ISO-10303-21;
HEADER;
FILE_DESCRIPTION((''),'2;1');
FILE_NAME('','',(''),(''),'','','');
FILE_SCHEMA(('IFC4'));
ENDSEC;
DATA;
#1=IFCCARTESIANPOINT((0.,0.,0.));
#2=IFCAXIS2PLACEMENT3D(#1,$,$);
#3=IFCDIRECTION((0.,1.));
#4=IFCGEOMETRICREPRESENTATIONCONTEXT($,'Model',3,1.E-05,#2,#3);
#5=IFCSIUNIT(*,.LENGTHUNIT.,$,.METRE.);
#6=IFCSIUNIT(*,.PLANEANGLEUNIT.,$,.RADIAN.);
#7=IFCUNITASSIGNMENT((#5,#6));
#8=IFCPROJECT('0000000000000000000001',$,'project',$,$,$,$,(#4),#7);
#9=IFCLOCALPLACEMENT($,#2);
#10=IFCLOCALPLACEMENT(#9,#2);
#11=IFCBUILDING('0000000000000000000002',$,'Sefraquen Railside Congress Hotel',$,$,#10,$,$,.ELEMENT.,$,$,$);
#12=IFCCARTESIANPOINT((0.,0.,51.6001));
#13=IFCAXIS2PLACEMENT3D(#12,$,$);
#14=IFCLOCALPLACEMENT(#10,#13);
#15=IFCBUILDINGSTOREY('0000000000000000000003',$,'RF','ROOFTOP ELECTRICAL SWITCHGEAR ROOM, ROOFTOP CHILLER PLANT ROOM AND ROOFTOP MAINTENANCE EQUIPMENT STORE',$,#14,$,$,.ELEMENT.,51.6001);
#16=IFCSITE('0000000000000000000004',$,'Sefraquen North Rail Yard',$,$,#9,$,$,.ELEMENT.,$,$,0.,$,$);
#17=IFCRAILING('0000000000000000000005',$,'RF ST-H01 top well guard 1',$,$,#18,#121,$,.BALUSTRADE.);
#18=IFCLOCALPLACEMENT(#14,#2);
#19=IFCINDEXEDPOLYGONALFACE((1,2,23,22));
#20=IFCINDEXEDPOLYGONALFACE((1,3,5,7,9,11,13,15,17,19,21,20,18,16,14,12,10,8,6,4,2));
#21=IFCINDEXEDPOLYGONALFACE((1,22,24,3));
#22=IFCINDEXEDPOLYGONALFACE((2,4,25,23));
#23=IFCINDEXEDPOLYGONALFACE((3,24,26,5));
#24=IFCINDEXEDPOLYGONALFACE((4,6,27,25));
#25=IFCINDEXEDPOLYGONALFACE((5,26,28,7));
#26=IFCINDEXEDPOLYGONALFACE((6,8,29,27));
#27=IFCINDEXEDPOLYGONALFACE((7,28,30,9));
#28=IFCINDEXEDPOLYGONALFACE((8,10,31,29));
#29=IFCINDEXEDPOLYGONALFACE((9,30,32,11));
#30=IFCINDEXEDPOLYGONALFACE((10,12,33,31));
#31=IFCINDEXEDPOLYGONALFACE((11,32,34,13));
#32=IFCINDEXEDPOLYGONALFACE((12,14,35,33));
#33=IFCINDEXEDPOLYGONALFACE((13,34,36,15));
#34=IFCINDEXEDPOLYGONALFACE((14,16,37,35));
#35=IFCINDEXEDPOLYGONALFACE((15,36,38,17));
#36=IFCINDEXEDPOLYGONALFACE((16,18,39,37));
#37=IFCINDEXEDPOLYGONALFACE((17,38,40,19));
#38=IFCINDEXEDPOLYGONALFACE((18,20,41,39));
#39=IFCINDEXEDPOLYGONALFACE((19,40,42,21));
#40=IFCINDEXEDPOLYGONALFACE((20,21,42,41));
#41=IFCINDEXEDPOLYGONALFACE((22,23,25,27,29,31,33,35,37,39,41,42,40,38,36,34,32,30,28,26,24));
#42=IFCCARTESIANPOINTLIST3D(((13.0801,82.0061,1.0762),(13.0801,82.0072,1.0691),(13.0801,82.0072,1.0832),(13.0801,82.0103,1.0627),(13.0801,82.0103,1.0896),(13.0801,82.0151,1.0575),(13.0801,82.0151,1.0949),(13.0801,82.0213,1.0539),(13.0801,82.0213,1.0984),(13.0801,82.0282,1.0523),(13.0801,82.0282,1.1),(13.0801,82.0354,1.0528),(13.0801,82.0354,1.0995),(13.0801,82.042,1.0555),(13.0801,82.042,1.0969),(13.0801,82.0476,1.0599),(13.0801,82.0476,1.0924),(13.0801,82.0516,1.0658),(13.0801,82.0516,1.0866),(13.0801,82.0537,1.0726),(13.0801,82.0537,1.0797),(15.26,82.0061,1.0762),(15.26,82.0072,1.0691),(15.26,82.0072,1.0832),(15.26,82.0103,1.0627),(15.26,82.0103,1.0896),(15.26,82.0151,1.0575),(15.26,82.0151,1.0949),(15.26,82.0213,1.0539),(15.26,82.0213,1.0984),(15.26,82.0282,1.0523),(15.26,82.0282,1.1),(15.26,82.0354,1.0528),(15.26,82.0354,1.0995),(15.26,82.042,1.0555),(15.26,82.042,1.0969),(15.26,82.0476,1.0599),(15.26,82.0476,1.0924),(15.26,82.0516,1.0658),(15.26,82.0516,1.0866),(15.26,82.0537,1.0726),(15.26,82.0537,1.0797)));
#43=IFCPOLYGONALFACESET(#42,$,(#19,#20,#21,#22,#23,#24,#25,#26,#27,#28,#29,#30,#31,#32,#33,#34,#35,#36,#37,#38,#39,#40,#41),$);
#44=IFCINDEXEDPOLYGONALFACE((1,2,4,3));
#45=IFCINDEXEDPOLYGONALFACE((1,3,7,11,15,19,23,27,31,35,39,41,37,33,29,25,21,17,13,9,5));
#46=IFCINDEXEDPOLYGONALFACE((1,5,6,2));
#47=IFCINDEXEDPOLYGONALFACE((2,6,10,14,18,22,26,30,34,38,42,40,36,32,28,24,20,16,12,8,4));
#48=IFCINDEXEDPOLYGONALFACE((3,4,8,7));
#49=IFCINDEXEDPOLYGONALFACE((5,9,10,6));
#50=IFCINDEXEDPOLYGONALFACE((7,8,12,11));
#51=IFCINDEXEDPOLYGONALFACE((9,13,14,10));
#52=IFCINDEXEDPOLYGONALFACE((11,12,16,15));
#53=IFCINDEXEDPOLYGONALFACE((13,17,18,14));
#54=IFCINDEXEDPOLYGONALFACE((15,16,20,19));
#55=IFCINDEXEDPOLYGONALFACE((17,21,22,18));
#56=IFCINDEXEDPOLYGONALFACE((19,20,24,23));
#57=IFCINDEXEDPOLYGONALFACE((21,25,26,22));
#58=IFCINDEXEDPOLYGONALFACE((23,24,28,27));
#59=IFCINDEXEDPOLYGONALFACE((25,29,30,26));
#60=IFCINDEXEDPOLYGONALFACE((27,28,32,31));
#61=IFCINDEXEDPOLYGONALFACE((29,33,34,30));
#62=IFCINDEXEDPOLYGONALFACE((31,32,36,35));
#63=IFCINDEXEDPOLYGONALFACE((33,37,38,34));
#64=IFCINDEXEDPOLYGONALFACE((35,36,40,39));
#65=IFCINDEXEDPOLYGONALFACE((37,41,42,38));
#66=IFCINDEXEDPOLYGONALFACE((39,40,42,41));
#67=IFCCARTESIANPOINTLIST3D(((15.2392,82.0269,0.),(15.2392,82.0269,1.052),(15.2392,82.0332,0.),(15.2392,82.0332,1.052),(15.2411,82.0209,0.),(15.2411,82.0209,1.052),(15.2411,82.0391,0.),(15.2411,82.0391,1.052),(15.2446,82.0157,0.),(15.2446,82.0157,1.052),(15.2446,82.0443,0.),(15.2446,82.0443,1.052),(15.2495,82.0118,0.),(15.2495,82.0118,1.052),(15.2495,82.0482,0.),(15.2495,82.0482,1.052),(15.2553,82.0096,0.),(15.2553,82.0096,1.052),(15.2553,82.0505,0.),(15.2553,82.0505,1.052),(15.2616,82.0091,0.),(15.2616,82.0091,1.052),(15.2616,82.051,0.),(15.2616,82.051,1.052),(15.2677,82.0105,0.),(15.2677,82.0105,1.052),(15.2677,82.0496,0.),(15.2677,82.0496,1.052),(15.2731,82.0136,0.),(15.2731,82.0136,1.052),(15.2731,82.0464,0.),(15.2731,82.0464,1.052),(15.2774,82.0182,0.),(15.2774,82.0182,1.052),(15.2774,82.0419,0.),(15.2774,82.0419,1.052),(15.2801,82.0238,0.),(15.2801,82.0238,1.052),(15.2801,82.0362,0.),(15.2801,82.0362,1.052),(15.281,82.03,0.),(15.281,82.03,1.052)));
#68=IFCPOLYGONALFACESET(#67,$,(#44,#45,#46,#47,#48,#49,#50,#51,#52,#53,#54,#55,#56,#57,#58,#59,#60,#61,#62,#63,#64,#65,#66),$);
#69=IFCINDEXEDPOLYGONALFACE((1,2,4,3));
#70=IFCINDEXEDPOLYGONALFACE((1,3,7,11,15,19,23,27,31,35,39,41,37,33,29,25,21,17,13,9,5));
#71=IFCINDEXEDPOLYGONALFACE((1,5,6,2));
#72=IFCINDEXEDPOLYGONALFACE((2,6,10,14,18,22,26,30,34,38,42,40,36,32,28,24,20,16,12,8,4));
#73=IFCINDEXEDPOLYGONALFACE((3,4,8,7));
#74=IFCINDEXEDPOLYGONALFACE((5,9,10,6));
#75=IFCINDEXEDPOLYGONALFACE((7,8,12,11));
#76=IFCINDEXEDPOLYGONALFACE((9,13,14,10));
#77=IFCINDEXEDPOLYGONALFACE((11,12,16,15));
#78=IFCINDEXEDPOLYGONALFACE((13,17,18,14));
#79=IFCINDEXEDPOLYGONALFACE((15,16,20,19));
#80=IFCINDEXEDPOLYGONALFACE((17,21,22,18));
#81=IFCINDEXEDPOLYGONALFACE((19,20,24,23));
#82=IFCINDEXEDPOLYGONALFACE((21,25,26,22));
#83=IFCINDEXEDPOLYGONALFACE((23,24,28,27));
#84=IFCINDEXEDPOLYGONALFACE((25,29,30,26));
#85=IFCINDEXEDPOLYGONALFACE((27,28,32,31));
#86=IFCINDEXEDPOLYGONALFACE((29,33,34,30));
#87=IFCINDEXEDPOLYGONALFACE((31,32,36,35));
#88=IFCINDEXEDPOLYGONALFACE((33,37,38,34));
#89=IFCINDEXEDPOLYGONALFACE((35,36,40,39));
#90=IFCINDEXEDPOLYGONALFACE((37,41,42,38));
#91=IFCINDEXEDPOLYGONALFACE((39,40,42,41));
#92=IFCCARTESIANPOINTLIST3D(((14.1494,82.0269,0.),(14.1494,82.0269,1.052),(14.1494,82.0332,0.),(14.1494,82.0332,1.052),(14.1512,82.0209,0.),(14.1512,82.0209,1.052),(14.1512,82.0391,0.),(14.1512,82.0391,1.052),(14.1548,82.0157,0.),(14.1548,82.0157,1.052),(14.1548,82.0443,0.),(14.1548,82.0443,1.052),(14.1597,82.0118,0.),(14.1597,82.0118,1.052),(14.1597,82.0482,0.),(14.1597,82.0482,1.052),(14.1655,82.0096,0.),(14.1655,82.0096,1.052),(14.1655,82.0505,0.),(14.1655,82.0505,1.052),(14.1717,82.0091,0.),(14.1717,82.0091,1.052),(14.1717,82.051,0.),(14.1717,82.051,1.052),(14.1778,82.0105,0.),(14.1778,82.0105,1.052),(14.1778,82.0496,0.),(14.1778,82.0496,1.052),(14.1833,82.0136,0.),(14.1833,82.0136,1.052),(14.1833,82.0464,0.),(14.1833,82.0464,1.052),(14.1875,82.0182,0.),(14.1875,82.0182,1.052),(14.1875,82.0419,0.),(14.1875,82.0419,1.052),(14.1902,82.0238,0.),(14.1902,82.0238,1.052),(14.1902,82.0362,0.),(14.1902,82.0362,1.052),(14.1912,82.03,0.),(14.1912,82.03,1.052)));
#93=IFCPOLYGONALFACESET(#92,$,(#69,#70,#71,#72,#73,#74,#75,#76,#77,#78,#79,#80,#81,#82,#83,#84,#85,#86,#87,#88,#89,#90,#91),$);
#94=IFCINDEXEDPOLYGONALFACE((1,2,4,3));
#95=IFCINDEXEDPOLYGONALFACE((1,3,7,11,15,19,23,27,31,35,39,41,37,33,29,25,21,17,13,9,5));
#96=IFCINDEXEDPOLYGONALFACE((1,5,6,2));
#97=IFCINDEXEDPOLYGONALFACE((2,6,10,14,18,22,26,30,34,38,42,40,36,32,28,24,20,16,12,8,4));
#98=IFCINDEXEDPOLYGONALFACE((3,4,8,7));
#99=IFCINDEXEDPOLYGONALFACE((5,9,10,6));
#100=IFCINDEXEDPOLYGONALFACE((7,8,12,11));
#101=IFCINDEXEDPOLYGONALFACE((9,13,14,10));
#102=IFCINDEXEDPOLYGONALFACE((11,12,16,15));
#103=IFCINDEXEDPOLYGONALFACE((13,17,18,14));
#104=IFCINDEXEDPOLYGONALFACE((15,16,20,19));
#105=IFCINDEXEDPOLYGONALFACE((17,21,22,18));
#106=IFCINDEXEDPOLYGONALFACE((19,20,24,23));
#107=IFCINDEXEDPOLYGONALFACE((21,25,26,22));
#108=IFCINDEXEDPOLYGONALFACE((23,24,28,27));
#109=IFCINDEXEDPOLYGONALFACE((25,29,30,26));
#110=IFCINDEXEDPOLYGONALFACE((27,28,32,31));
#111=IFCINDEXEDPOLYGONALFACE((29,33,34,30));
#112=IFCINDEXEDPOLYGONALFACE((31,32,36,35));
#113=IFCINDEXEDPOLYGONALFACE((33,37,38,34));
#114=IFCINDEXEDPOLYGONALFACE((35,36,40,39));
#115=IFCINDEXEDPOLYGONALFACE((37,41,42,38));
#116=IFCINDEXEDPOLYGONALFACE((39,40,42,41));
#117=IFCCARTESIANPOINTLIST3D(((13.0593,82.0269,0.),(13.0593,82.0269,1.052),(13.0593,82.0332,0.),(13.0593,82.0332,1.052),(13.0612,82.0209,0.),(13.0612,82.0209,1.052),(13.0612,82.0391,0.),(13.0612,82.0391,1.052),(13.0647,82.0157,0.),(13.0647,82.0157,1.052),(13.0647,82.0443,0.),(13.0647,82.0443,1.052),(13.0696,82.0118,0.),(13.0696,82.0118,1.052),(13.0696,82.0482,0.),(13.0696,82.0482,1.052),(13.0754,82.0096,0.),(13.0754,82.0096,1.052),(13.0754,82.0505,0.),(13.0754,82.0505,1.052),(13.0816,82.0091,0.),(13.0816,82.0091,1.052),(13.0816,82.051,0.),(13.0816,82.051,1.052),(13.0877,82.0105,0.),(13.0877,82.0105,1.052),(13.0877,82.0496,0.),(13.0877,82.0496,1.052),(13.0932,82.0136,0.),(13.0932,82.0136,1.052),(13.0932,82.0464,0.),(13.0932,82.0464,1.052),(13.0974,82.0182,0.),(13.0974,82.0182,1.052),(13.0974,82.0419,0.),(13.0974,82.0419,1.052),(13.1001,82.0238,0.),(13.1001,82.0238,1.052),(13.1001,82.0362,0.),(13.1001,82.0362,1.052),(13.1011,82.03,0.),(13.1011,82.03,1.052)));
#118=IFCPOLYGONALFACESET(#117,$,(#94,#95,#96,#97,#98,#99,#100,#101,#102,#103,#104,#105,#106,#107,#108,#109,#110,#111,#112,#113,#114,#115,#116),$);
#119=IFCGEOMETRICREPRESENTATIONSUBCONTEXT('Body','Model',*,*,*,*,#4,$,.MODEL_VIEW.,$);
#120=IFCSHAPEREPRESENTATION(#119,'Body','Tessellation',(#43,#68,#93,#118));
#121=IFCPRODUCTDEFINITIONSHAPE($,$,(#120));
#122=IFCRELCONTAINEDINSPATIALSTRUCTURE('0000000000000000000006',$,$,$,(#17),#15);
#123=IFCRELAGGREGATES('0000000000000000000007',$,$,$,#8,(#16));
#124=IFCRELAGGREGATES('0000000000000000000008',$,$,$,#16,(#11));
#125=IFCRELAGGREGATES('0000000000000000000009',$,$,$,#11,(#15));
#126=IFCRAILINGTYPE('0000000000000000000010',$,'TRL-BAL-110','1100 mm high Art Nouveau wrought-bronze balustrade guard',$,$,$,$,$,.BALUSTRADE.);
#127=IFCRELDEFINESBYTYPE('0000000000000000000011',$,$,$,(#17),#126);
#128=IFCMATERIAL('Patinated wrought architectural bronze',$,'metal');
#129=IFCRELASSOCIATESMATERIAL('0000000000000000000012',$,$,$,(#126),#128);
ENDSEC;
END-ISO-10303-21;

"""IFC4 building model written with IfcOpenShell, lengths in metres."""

from ifc_helpers import new_model, si_unit, direction, frame, origin, origin_2d, place, context, subcontext, project, spatial, circle, extrude, material, type_object, element, save


model = new_model("IFC4")

# Units and contexts
model_context = context("Model", 3, precision=1e-05, world=origin(), true_north=direction((0.0, 1.0)))
body_context = subcontext(model_context, "Body", "Model", "MODEL_VIEW")
ifc_project = project(units=[si_unit("LENGTHUNIT", "METRE"), si_unit("PLANEANGLEUNIT", "RADIAN")], contexts=[model_context])

# Site, building, storey
site_placement = place(None, origin())
site = spatial("IfcSite", under=ifc_project, at=site_placement, Name="Sefraquen North Rail Yard", CompositionType="ELEMENT", RefElevation=0.0)
building_placement = place(site_placement, origin())
building = spatial("IfcBuilding", under=site, at=building_placement, Name="Sefraquen Railside Congress Hotel", CompositionType="ELEMENT")
storey_placement = place(building_placement, frame((0.0, 0.0, 51.6001)))
storey = spatial("IfcBuildingStorey", under=building, at=storey_placement, Name="RF", Description="ROOFTOP ELECTRICAL SWITCHGEAR ROOM, ROOFTOP CHILLER PLANT ROOM AND ROOFTOP MAINTENANCE EQUIPMENT STORE", CompositionType="ELEMENT", Elevation=51.6001)

# Railing
ifc_material_1 = material(Name="Patinated wrought architectural bronze", Category="metal")
railing_type = type_object("IfcRailingType", Name="TRL-BAL-110", Description="1100 mm high Art Nouveau wrought-bronze balustrade guard", PredefinedType="BALUSTRADE", material=ifc_material_1)
railing_placement = place(storey_placement, frame((15.26, 82.03, 0.0)))
element("IfcRailing", 1, at=railing_placement, inside=storey, type_object=railing_type, Name="RF ST-H01 top well guard 1", PredefinedType="BALUSTRADE", context=body_context, shape_type="SweptSolid", body=[
    extrude(circle(Radius=0.0239, at=origin_2d()), frame((0.0, 0.0, 1.0762), z_axis=(-1.0, 0.0, 0.0), x_axis=(0.0, -1.0, 0.0)), (0.0, 0.0, 1.0), 2.1799),
    extrude(circle(Radius=0.021, at=origin_2d()), origin(), (0.0, 0.0, 1.0), 1.052),
    extrude(circle(Radius=0.021, at=origin_2d()), frame((-1.0898, 0.0, 0.0)), (0.0, 0.0, 1.0), 1.052),
    extrude(circle(Radius=0.021, at=origin_2d()), frame((-2.1799, 0.0, 0.0)), (0.0, 0.0, 1.0), 1.052),
])

save(model, "model.ifc")
